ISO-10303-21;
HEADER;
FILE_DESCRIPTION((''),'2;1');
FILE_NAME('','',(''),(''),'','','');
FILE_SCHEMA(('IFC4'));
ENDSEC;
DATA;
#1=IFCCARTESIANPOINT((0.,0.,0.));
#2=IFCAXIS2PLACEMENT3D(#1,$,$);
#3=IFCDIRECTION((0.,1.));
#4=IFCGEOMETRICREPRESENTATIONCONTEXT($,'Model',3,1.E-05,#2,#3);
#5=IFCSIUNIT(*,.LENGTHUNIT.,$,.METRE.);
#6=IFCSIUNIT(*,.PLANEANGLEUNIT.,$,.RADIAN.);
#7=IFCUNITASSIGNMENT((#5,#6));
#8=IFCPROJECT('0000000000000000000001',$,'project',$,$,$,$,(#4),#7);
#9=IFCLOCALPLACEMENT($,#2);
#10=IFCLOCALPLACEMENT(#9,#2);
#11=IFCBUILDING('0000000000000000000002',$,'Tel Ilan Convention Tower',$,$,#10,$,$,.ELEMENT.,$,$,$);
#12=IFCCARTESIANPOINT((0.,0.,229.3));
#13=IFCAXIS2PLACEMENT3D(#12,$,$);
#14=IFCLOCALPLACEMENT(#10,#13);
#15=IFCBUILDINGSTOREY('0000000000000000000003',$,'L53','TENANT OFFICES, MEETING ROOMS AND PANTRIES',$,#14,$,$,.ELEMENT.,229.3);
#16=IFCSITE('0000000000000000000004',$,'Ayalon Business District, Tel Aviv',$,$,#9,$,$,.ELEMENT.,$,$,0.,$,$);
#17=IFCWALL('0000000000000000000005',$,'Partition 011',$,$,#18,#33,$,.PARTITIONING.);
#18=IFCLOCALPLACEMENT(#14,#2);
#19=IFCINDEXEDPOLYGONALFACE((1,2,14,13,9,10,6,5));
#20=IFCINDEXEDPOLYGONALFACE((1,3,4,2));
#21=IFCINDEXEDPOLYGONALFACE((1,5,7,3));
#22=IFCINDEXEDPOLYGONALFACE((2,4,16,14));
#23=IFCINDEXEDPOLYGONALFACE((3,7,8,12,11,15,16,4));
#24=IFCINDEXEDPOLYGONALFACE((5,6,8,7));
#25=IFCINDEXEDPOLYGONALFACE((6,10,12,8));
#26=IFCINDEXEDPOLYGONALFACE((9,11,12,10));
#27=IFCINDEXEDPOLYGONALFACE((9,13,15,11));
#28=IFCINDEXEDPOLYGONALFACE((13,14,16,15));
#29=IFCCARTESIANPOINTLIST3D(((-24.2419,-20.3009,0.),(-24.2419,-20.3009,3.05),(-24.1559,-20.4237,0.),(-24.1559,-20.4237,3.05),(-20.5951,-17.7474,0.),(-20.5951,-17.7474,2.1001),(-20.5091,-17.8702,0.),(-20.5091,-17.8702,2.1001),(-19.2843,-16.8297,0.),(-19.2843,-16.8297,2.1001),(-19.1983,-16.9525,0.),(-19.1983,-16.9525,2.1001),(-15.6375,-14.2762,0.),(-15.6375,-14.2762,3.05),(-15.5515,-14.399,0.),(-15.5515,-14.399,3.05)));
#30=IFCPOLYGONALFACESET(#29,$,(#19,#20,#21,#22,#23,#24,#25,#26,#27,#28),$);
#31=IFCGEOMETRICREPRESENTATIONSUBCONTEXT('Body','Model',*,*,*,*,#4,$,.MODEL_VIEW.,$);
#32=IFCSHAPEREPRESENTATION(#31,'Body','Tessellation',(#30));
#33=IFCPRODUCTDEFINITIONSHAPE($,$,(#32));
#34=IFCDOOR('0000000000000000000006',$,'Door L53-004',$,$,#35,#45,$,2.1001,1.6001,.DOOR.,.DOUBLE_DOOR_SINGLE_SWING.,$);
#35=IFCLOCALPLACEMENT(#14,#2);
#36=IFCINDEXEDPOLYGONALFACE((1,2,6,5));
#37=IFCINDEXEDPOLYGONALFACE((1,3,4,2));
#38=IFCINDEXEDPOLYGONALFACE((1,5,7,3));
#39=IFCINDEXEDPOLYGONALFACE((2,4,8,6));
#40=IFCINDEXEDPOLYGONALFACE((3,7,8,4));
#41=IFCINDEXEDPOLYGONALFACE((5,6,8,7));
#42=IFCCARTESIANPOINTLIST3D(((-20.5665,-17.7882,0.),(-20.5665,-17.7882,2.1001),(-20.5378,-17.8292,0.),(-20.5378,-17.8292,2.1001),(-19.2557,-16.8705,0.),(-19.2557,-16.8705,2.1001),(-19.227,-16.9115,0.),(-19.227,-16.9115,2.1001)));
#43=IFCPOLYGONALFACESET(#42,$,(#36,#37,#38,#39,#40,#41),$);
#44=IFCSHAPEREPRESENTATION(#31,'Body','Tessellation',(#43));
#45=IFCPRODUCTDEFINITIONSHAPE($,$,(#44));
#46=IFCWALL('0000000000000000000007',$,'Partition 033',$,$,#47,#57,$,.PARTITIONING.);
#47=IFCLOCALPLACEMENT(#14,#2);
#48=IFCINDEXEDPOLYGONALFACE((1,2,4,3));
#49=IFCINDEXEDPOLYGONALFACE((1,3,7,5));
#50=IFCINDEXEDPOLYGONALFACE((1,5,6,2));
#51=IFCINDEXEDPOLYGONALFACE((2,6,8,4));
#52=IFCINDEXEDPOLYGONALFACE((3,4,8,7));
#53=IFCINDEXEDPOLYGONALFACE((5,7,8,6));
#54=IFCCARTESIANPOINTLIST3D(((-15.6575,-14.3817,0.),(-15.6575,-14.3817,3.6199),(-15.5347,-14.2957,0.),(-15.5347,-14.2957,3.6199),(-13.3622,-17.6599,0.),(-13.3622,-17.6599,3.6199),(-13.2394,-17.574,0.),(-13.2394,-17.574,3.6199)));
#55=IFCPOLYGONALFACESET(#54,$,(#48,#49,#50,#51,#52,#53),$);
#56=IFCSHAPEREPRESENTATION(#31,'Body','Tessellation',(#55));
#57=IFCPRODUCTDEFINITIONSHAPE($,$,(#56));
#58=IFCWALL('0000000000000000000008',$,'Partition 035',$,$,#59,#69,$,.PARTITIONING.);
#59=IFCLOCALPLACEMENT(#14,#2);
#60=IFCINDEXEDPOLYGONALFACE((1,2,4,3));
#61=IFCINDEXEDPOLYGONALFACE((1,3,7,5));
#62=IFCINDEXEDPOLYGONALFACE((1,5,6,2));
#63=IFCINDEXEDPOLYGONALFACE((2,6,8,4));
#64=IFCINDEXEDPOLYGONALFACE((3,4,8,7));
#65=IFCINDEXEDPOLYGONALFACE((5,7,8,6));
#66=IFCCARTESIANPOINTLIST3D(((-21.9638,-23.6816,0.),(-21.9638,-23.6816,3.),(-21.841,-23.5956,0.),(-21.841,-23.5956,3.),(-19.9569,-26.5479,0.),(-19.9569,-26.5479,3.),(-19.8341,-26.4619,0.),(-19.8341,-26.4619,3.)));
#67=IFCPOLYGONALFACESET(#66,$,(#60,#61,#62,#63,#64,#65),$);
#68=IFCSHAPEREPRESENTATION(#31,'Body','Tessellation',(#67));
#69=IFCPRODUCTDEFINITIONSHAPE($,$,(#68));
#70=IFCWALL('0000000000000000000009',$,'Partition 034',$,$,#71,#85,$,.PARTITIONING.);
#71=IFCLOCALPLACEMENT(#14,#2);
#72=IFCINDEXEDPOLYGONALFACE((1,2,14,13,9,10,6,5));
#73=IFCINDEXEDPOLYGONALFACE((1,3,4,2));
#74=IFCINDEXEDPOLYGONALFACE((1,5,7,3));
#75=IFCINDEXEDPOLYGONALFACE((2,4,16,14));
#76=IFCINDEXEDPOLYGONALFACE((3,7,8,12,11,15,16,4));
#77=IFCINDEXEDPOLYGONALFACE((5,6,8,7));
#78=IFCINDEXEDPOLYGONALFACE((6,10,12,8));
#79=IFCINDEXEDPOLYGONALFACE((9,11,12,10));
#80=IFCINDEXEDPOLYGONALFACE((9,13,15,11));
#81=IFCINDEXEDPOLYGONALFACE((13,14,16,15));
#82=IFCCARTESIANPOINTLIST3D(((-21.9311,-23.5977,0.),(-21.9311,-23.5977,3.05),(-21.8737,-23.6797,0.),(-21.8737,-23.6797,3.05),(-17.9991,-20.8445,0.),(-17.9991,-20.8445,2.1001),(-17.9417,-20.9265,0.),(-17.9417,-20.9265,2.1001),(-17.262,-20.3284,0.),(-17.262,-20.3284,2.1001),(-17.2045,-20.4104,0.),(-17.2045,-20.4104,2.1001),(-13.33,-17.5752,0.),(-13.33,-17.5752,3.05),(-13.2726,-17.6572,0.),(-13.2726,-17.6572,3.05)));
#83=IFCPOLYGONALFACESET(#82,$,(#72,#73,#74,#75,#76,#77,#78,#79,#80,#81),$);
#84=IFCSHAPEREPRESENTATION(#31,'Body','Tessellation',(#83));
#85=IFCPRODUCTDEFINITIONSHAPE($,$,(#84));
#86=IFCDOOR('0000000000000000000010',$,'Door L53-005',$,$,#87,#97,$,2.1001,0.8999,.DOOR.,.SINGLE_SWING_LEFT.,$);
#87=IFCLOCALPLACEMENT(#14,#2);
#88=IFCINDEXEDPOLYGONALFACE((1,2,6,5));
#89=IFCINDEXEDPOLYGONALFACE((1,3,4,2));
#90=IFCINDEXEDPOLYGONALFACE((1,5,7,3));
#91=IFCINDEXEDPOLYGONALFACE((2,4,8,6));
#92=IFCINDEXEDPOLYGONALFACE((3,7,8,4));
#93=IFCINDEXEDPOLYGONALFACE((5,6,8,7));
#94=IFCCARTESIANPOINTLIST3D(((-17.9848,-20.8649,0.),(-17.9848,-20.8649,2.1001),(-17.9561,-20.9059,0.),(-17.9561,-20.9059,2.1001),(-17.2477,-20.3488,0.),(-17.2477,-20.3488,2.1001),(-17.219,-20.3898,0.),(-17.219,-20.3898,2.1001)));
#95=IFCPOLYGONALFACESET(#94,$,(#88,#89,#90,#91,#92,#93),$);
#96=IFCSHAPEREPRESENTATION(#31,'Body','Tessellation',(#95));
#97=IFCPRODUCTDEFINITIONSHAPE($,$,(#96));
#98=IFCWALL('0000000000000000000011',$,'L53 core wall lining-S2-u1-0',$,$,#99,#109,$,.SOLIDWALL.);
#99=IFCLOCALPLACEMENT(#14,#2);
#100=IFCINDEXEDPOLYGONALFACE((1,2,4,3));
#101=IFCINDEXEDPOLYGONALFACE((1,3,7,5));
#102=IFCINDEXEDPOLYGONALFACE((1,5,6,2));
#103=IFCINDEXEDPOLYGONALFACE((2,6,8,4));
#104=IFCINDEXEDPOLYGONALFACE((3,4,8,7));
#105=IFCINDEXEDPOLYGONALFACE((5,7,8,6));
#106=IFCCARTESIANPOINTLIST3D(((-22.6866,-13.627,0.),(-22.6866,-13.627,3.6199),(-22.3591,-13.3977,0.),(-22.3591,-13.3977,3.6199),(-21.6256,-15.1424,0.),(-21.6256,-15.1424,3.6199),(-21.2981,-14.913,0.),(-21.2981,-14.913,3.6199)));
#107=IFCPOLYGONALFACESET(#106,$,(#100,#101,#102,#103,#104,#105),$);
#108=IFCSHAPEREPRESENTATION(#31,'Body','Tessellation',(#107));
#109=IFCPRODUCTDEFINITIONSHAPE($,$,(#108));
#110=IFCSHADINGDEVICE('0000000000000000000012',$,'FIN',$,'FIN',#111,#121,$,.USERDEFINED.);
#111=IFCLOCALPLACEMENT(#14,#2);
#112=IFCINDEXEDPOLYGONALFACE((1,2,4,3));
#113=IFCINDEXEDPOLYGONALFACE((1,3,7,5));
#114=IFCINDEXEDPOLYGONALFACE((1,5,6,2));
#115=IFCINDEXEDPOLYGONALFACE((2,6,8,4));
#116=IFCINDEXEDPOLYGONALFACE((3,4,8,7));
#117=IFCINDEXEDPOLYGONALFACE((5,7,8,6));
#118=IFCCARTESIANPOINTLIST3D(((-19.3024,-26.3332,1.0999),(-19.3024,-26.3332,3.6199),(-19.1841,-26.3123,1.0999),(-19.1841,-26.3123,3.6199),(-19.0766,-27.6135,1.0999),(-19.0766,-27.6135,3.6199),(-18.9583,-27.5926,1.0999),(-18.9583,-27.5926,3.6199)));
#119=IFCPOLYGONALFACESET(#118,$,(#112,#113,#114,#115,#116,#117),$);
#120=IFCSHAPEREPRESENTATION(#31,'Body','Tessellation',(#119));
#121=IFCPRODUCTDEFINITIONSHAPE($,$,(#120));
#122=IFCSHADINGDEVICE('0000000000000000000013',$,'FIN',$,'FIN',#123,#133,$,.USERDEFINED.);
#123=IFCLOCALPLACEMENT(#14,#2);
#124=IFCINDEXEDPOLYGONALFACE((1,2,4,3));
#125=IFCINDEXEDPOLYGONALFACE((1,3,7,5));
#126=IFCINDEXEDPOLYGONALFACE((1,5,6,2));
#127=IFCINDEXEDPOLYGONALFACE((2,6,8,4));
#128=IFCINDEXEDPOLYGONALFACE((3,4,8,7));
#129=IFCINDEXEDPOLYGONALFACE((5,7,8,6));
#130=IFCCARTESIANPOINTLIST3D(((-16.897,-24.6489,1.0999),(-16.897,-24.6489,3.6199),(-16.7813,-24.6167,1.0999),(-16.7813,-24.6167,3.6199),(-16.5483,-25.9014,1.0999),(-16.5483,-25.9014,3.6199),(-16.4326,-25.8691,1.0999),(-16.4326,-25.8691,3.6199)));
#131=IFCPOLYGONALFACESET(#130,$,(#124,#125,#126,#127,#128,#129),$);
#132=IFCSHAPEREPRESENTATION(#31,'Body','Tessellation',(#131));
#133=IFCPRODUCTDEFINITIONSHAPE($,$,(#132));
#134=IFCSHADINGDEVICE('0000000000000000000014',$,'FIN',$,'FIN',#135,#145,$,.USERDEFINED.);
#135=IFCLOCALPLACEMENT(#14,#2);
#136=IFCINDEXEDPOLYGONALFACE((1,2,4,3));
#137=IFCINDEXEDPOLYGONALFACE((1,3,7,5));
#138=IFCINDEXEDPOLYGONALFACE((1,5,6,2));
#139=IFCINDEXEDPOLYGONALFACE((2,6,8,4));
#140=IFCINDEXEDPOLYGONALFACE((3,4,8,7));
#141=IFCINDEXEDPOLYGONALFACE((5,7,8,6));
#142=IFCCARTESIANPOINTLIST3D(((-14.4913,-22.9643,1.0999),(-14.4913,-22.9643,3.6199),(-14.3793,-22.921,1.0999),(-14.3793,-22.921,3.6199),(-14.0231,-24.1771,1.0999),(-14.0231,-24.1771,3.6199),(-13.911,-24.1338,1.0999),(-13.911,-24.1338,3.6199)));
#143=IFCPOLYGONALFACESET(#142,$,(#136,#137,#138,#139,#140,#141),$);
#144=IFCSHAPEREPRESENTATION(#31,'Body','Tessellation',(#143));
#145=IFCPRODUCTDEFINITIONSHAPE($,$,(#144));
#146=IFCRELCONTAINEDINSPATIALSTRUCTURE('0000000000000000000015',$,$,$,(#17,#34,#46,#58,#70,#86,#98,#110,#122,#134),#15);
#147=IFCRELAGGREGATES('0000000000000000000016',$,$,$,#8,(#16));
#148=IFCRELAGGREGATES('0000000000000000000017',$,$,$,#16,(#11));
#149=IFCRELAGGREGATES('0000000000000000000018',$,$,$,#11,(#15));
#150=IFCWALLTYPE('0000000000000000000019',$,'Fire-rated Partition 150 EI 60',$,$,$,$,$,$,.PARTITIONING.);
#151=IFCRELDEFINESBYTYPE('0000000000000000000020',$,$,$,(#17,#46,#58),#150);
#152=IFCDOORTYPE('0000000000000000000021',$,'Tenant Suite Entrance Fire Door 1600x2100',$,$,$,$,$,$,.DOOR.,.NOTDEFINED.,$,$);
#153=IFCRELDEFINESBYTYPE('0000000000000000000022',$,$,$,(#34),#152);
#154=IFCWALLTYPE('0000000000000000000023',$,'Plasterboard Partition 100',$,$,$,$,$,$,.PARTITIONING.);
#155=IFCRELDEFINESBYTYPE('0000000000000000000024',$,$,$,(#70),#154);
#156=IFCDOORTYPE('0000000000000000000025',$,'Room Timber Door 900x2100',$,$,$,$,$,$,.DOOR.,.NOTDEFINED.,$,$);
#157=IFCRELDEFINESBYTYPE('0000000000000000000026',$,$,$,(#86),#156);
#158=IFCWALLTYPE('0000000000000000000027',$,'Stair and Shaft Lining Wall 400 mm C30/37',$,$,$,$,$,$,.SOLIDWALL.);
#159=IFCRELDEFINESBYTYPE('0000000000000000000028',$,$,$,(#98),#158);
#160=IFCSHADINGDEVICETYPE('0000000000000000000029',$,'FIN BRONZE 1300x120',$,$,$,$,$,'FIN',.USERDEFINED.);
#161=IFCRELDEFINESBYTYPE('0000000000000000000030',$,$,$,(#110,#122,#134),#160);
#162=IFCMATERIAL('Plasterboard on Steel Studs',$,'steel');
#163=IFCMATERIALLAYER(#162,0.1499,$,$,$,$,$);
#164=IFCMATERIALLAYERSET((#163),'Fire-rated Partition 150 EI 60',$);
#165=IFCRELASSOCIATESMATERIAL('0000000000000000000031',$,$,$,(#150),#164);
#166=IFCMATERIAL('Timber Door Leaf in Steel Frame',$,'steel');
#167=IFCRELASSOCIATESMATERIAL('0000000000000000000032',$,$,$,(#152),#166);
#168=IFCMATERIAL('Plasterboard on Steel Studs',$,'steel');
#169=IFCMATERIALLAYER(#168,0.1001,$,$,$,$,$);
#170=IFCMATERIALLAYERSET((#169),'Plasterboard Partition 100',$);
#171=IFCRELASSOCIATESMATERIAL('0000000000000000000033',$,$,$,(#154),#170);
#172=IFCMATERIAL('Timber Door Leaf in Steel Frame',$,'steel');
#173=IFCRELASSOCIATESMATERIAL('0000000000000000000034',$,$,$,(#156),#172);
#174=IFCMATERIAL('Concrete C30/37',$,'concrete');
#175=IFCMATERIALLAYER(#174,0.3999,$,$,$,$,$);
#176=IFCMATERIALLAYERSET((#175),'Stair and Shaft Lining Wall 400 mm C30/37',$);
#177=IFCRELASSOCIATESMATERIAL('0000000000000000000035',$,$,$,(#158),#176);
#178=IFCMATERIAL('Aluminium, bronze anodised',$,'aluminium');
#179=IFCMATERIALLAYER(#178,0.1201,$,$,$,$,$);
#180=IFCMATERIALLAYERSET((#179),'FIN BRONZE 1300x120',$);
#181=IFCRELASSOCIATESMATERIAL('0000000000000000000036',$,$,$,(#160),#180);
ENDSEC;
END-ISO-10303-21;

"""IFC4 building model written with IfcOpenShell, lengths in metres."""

from ifc_helpers import new_model, si_unit, direction, frame, frame_2d, origin, origin_2d, place, context, subcontext, project, spatial, rectangle, extrude, material, layer, layer_set, type_object, element, fill, save


model = new_model("IFC4")

# Units and contexts
model_context = context("Model", 3, precision=1e-05, world=origin(), true_north=direction((0.0, 1.0)))
body_context = subcontext(model_context, "Body", "Model", "MODEL_VIEW")
ifc_project = project(units=[si_unit("LENGTHUNIT", "METRE"), si_unit("PLANEANGLEUNIT", "RADIAN")], contexts=[model_context])

# Site, building, storey
site_placement = place(None, origin())
site = spatial("IfcSite", under=ifc_project, at=site_placement, Name="Ayalon Business District, Tel Aviv", CompositionType="ELEMENT", RefElevation=0.0)
building_placement = place(site_placement, origin())
building = spatial("IfcBuilding", under=site, at=building_placement, Name="Tel Ilan Convention Tower", CompositionType="ELEMENT")
storey_placement = place(building_placement, frame((0.0, 0.0, 229.3)))
storey = spatial("IfcBuildingStorey", under=building, at=storey_placement, Name="L53", Description="TENANT OFFICES, MEETING ROOMS AND PANTRIES", CompositionType="ELEMENT", Elevation=229.3)

# Wall, opening, door
ifc_material_1 = material(Name="Plasterboard on Steel Studs", Category="steel")
ifc_layer_1 = layer(ifc_material_1, 0.1499)
ifc_layer_set_1 = layer_set([ifc_layer_1], Name="Fire-rated Partition 150 EI 60")
wall_type_1 = type_object("IfcWallType", Name="Fire-rated Partition 150 EI 60", PredefinedType="PARTITIONING", material=ifc_layer_set_1)
wall_1_placement = place(storey_placement, frame((-15.5945, -14.3376, 0.0), z_axis=(0.0, 0.0, 1.0), x_axis=(-0.819164, -0.573559, 0.0)))
wall_1 = element("IfcWall", 1, at=wall_1_placement, inside=storey, type_object=wall_type_1, Name="Partition 011", PredefinedType="PARTITIONING", context=body_context, shape_type="SweptSolid", body=[
    extrude(rectangle(XDim=10.5039, YDim=0.1499, at=frame_2d((5.252, 0.0))), origin(), (0.0, 0.0, 1.0), 3.05),
])
opening_1_placement = place(wall_1_placement, frame((4.4519, 0.0, 0.0)))
opening_1 = element("IfcOpeningElement", 2, at=opening_1_placement, cuts=wall_1, PredefinedType="OPENING", context=body_context, shape_type="SweptSolid", body=[
    extrude(rectangle(XDim=1.6001, YDim=2.1001, at=frame_2d((0.8, 1.05))), frame((0.0, 0.085, 0.0), z_axis=(0.0, -1.0, 0.0), x_axis=(1.0, 0.0, 0.0)), (0.0, 0.0, 1.0), 0.1699),
])
ifc_material_2 = material(Name="Timber Door Leaf in Steel Frame", Category="steel")
door_type_1 = type_object("IfcDoorType", Name="Tenant Suite Entrance Fire Door 1600x2100", OperationType="NOTDEFINED", PredefinedType="DOOR", material=ifc_material_2)
door_1_placement = place(opening_1_placement, origin())
door_1 = element("IfcDoor", 3, at=door_1_placement, inside=storey, type_object=door_type_1, Name="Door L53-004", OperationType="DOUBLE_DOOR_SINGLE_SWING", OverallHeight=2.1001, OverallWidth=1.6001, PredefinedType="DOOR", context=body_context, shape_type="SweptSolid", body=[
    extrude(rectangle(XDim=1.6001, YDim=2.1001, at=frame_2d((0.8, 1.05))), frame((0.0, 0.0249, 0.0), z_axis=(0.0, -1.0, 0.0), x_axis=(1.0, 0.0, 0.0)), (0.0, 0.0, 1.0), 0.05),
])
fill(opening_1, door_1)

# Walls
wall_2_placement = place(storey_placement, frame((-13.3008, -17.6169, 0.0), z_axis=(0.0, 0.0, 1.0), x_axis=(-0.573561, 0.819163, 0.0)))
element("IfcWall", 4, at=wall_2_placement, inside=storey, type_object=wall_type_1, Name="Partition 033", PredefinedType="PARTITIONING", context=body_context, shape_type="SweptSolid", body=[
    extrude(rectangle(XDim=4.002, YDim=0.1499, at=frame_2d((2.001, 0.0))), origin(), (0.0, 0.0, 1.0), 3.6199),
])
wall_3_placement = place(storey_placement, frame((-19.8955, -26.5049, 0.0), z_axis=(0.0, 0.0, 1.0), x_axis=(-0.573556, 0.819166, 0.0)))
element("IfcWall", 5, at=wall_3_placement, inside=storey, type_object=wall_type_1, Name="Partition 035", PredefinedType="PARTITIONING", context=body_context, shape_type="SweptSolid", body=[
    extrude(rectangle(XDim=3.499, YDim=0.1499, at=frame_2d((1.7495, 0.0))), origin(), (0.0, 0.0, 1.0), 3.0),
])

# Wall, opening, door
ifc_material_3 = material(Name="Plasterboard on Steel Studs", Category="steel")
ifc_layer_2 = layer(ifc_material_3, 0.1001)
ifc_layer_set_2 = layer_set([ifc_layer_2], Name="Plasterboard Partition 100")
wall_type_2 = type_object("IfcWallType", Name="Plasterboard Partition 100", PredefinedType="PARTITIONING", material=ifc_layer_set_2)
wall_4_placement = place(storey_placement, frame((-13.3013, -17.6162, 0.0), z_axis=(0.0, 0.0, 1.0), x_axis=(-0.819155, -0.573572, 0.0)))
wall_4 = element("IfcWall", 6, at=wall_4_placement, inside=storey, type_object=wall_type_2, Name="Partition 034", PredefinedType="PARTITIONING", context=body_context, shape_type="SweptSolid", body=[
    extrude(rectangle(XDim=10.5, YDim=0.1001, at=frame_2d((5.25, 0.0))), origin(), (0.0, 0.0, 1.0), 3.05),
])
opening_2_placement = place(wall_4_placement, frame((4.8, 0.0, 0.0)))
opening_2 = element("IfcOpeningElement", 7, at=opening_2_placement, cuts=wall_4, PredefinedType="OPENING", context=body_context, shape_type="SweptSolid", body=[
    extrude(rectangle(XDim=0.8999, YDim=2.1001, at=frame_2d((0.45, 1.05))), frame((0.0, 0.0601, 0.0), z_axis=(0.0, -1.0, 0.0), x_axis=(1.0, 0.0, 0.0)), (0.0, 0.0, 1.0), 0.1201),
])
ifc_material_4 = material(Name="Timber Door Leaf in Steel Frame", Category="steel")
door_type_2 = type_object("IfcDoorType", Name="Room Timber Door 900x2100", OperationType="NOTDEFINED", PredefinedType="DOOR", material=ifc_material_4)
door_2_placement = place(opening_2_placement, origin())
door_2 = element("IfcDoor", 8, at=door_2_placement, inside=storey, type_object=door_type_2, Name="Door L53-005", OperationType="SINGLE_SWING_LEFT", OverallHeight=2.1001, OverallWidth=0.8999, PredefinedType="DOOR", context=body_context, shape_type="SweptSolid", body=[
    extrude(rectangle(XDim=0.8999, YDim=2.1001, at=frame_2d((0.45, 1.05))), frame((0.0, 0.0249, 0.0), z_axis=(0.0, -1.0, 0.0), x_axis=(1.0, 0.0, 0.0)), (0.0, 0.0, 1.0), 0.05),
])
fill(opening_2, door_2)

# Wall
ifc_material_5 = material(Name="Concrete C30/37", Category="concrete")
ifc_layer_3 = layer(ifc_material_5, 0.3999)
ifc_layer_set_3 = layer_set([ifc_layer_3], Name="Stair and Shaft Lining Wall 400 mm C30/37")
wall_type_3 = type_object("IfcWallType", Name="Stair and Shaft Lining Wall 400 mm C30/37", PredefinedType="SOLIDWALL", material=ifc_layer_set_3)
wall_5_placement = place(storey_placement, frame((-21.4619, -15.0276, 0.0), z_axis=(0.0, 0.0, 1.0), x_axis=(-0.57356, 0.819164, 0.0)))
element("IfcWall", 9, at=wall_5_placement, inside=storey, type_object=wall_type_3, Name="L53 core wall lining-S2-u1-0", PredefinedType="SOLIDWALL", context=body_context, shape_type="SweptSolid", body=[
    extrude(rectangle(XDim=1.8499, YDim=0.3999, at=frame_2d((0.9248, 0.0))), origin(), (0.0, 0.0, 1.0), 3.6199),
])

# Shading devices
ifc_material_6 = material(Name="Aluminium, bronze anodised", Category="aluminium")
ifc_layer_4 = layer(ifc_material_6, 0.1201)
ifc_layer_set_4 = layer_set([ifc_layer_4], Name="FIN BRONZE 1300x120")
shading_device_type = type_object("IfcShadingDeviceType", Name="FIN BRONZE 1300x120", ElementType="FIN", PredefinedType="USERDEFINED", material=ifc_layer_set_4)
for number, where, z_axis, x_axis, name in (
    (10, (-19.1304, -26.9629, 1.0999), (0.0, 0.0, 1.0), (0.173648, -0.984808, 0.0), "FIN"),
    (11, (-16.6648, -25.259, 1.0999), (0.0, 0.0, 1.0), (0.268173, -0.963371, 0.0), "FIN"),
    (12, (-14.2012, -23.5491, 1.0999), (0.0, 0.0, 1.0), (0.360178, -0.932884, 0.0), "FIN"),
):
    element("IfcShadingDevice", number, at=place(storey_placement, frame(where, z_axis=z_axis, x_axis=x_axis)), inside=storey, type_object=shading_device_type, Name=name, ObjectType="FIN", PredefinedType="USERDEFINED", context=body_context, shape_type="SweptSolid", body=[
        extrude(rectangle(XDim=1.3, YDim=0.1201, at=origin_2d()), origin(), (0.0, 0.0, 1.0), 2.52),
    ])

save(model, "model.ifc")
